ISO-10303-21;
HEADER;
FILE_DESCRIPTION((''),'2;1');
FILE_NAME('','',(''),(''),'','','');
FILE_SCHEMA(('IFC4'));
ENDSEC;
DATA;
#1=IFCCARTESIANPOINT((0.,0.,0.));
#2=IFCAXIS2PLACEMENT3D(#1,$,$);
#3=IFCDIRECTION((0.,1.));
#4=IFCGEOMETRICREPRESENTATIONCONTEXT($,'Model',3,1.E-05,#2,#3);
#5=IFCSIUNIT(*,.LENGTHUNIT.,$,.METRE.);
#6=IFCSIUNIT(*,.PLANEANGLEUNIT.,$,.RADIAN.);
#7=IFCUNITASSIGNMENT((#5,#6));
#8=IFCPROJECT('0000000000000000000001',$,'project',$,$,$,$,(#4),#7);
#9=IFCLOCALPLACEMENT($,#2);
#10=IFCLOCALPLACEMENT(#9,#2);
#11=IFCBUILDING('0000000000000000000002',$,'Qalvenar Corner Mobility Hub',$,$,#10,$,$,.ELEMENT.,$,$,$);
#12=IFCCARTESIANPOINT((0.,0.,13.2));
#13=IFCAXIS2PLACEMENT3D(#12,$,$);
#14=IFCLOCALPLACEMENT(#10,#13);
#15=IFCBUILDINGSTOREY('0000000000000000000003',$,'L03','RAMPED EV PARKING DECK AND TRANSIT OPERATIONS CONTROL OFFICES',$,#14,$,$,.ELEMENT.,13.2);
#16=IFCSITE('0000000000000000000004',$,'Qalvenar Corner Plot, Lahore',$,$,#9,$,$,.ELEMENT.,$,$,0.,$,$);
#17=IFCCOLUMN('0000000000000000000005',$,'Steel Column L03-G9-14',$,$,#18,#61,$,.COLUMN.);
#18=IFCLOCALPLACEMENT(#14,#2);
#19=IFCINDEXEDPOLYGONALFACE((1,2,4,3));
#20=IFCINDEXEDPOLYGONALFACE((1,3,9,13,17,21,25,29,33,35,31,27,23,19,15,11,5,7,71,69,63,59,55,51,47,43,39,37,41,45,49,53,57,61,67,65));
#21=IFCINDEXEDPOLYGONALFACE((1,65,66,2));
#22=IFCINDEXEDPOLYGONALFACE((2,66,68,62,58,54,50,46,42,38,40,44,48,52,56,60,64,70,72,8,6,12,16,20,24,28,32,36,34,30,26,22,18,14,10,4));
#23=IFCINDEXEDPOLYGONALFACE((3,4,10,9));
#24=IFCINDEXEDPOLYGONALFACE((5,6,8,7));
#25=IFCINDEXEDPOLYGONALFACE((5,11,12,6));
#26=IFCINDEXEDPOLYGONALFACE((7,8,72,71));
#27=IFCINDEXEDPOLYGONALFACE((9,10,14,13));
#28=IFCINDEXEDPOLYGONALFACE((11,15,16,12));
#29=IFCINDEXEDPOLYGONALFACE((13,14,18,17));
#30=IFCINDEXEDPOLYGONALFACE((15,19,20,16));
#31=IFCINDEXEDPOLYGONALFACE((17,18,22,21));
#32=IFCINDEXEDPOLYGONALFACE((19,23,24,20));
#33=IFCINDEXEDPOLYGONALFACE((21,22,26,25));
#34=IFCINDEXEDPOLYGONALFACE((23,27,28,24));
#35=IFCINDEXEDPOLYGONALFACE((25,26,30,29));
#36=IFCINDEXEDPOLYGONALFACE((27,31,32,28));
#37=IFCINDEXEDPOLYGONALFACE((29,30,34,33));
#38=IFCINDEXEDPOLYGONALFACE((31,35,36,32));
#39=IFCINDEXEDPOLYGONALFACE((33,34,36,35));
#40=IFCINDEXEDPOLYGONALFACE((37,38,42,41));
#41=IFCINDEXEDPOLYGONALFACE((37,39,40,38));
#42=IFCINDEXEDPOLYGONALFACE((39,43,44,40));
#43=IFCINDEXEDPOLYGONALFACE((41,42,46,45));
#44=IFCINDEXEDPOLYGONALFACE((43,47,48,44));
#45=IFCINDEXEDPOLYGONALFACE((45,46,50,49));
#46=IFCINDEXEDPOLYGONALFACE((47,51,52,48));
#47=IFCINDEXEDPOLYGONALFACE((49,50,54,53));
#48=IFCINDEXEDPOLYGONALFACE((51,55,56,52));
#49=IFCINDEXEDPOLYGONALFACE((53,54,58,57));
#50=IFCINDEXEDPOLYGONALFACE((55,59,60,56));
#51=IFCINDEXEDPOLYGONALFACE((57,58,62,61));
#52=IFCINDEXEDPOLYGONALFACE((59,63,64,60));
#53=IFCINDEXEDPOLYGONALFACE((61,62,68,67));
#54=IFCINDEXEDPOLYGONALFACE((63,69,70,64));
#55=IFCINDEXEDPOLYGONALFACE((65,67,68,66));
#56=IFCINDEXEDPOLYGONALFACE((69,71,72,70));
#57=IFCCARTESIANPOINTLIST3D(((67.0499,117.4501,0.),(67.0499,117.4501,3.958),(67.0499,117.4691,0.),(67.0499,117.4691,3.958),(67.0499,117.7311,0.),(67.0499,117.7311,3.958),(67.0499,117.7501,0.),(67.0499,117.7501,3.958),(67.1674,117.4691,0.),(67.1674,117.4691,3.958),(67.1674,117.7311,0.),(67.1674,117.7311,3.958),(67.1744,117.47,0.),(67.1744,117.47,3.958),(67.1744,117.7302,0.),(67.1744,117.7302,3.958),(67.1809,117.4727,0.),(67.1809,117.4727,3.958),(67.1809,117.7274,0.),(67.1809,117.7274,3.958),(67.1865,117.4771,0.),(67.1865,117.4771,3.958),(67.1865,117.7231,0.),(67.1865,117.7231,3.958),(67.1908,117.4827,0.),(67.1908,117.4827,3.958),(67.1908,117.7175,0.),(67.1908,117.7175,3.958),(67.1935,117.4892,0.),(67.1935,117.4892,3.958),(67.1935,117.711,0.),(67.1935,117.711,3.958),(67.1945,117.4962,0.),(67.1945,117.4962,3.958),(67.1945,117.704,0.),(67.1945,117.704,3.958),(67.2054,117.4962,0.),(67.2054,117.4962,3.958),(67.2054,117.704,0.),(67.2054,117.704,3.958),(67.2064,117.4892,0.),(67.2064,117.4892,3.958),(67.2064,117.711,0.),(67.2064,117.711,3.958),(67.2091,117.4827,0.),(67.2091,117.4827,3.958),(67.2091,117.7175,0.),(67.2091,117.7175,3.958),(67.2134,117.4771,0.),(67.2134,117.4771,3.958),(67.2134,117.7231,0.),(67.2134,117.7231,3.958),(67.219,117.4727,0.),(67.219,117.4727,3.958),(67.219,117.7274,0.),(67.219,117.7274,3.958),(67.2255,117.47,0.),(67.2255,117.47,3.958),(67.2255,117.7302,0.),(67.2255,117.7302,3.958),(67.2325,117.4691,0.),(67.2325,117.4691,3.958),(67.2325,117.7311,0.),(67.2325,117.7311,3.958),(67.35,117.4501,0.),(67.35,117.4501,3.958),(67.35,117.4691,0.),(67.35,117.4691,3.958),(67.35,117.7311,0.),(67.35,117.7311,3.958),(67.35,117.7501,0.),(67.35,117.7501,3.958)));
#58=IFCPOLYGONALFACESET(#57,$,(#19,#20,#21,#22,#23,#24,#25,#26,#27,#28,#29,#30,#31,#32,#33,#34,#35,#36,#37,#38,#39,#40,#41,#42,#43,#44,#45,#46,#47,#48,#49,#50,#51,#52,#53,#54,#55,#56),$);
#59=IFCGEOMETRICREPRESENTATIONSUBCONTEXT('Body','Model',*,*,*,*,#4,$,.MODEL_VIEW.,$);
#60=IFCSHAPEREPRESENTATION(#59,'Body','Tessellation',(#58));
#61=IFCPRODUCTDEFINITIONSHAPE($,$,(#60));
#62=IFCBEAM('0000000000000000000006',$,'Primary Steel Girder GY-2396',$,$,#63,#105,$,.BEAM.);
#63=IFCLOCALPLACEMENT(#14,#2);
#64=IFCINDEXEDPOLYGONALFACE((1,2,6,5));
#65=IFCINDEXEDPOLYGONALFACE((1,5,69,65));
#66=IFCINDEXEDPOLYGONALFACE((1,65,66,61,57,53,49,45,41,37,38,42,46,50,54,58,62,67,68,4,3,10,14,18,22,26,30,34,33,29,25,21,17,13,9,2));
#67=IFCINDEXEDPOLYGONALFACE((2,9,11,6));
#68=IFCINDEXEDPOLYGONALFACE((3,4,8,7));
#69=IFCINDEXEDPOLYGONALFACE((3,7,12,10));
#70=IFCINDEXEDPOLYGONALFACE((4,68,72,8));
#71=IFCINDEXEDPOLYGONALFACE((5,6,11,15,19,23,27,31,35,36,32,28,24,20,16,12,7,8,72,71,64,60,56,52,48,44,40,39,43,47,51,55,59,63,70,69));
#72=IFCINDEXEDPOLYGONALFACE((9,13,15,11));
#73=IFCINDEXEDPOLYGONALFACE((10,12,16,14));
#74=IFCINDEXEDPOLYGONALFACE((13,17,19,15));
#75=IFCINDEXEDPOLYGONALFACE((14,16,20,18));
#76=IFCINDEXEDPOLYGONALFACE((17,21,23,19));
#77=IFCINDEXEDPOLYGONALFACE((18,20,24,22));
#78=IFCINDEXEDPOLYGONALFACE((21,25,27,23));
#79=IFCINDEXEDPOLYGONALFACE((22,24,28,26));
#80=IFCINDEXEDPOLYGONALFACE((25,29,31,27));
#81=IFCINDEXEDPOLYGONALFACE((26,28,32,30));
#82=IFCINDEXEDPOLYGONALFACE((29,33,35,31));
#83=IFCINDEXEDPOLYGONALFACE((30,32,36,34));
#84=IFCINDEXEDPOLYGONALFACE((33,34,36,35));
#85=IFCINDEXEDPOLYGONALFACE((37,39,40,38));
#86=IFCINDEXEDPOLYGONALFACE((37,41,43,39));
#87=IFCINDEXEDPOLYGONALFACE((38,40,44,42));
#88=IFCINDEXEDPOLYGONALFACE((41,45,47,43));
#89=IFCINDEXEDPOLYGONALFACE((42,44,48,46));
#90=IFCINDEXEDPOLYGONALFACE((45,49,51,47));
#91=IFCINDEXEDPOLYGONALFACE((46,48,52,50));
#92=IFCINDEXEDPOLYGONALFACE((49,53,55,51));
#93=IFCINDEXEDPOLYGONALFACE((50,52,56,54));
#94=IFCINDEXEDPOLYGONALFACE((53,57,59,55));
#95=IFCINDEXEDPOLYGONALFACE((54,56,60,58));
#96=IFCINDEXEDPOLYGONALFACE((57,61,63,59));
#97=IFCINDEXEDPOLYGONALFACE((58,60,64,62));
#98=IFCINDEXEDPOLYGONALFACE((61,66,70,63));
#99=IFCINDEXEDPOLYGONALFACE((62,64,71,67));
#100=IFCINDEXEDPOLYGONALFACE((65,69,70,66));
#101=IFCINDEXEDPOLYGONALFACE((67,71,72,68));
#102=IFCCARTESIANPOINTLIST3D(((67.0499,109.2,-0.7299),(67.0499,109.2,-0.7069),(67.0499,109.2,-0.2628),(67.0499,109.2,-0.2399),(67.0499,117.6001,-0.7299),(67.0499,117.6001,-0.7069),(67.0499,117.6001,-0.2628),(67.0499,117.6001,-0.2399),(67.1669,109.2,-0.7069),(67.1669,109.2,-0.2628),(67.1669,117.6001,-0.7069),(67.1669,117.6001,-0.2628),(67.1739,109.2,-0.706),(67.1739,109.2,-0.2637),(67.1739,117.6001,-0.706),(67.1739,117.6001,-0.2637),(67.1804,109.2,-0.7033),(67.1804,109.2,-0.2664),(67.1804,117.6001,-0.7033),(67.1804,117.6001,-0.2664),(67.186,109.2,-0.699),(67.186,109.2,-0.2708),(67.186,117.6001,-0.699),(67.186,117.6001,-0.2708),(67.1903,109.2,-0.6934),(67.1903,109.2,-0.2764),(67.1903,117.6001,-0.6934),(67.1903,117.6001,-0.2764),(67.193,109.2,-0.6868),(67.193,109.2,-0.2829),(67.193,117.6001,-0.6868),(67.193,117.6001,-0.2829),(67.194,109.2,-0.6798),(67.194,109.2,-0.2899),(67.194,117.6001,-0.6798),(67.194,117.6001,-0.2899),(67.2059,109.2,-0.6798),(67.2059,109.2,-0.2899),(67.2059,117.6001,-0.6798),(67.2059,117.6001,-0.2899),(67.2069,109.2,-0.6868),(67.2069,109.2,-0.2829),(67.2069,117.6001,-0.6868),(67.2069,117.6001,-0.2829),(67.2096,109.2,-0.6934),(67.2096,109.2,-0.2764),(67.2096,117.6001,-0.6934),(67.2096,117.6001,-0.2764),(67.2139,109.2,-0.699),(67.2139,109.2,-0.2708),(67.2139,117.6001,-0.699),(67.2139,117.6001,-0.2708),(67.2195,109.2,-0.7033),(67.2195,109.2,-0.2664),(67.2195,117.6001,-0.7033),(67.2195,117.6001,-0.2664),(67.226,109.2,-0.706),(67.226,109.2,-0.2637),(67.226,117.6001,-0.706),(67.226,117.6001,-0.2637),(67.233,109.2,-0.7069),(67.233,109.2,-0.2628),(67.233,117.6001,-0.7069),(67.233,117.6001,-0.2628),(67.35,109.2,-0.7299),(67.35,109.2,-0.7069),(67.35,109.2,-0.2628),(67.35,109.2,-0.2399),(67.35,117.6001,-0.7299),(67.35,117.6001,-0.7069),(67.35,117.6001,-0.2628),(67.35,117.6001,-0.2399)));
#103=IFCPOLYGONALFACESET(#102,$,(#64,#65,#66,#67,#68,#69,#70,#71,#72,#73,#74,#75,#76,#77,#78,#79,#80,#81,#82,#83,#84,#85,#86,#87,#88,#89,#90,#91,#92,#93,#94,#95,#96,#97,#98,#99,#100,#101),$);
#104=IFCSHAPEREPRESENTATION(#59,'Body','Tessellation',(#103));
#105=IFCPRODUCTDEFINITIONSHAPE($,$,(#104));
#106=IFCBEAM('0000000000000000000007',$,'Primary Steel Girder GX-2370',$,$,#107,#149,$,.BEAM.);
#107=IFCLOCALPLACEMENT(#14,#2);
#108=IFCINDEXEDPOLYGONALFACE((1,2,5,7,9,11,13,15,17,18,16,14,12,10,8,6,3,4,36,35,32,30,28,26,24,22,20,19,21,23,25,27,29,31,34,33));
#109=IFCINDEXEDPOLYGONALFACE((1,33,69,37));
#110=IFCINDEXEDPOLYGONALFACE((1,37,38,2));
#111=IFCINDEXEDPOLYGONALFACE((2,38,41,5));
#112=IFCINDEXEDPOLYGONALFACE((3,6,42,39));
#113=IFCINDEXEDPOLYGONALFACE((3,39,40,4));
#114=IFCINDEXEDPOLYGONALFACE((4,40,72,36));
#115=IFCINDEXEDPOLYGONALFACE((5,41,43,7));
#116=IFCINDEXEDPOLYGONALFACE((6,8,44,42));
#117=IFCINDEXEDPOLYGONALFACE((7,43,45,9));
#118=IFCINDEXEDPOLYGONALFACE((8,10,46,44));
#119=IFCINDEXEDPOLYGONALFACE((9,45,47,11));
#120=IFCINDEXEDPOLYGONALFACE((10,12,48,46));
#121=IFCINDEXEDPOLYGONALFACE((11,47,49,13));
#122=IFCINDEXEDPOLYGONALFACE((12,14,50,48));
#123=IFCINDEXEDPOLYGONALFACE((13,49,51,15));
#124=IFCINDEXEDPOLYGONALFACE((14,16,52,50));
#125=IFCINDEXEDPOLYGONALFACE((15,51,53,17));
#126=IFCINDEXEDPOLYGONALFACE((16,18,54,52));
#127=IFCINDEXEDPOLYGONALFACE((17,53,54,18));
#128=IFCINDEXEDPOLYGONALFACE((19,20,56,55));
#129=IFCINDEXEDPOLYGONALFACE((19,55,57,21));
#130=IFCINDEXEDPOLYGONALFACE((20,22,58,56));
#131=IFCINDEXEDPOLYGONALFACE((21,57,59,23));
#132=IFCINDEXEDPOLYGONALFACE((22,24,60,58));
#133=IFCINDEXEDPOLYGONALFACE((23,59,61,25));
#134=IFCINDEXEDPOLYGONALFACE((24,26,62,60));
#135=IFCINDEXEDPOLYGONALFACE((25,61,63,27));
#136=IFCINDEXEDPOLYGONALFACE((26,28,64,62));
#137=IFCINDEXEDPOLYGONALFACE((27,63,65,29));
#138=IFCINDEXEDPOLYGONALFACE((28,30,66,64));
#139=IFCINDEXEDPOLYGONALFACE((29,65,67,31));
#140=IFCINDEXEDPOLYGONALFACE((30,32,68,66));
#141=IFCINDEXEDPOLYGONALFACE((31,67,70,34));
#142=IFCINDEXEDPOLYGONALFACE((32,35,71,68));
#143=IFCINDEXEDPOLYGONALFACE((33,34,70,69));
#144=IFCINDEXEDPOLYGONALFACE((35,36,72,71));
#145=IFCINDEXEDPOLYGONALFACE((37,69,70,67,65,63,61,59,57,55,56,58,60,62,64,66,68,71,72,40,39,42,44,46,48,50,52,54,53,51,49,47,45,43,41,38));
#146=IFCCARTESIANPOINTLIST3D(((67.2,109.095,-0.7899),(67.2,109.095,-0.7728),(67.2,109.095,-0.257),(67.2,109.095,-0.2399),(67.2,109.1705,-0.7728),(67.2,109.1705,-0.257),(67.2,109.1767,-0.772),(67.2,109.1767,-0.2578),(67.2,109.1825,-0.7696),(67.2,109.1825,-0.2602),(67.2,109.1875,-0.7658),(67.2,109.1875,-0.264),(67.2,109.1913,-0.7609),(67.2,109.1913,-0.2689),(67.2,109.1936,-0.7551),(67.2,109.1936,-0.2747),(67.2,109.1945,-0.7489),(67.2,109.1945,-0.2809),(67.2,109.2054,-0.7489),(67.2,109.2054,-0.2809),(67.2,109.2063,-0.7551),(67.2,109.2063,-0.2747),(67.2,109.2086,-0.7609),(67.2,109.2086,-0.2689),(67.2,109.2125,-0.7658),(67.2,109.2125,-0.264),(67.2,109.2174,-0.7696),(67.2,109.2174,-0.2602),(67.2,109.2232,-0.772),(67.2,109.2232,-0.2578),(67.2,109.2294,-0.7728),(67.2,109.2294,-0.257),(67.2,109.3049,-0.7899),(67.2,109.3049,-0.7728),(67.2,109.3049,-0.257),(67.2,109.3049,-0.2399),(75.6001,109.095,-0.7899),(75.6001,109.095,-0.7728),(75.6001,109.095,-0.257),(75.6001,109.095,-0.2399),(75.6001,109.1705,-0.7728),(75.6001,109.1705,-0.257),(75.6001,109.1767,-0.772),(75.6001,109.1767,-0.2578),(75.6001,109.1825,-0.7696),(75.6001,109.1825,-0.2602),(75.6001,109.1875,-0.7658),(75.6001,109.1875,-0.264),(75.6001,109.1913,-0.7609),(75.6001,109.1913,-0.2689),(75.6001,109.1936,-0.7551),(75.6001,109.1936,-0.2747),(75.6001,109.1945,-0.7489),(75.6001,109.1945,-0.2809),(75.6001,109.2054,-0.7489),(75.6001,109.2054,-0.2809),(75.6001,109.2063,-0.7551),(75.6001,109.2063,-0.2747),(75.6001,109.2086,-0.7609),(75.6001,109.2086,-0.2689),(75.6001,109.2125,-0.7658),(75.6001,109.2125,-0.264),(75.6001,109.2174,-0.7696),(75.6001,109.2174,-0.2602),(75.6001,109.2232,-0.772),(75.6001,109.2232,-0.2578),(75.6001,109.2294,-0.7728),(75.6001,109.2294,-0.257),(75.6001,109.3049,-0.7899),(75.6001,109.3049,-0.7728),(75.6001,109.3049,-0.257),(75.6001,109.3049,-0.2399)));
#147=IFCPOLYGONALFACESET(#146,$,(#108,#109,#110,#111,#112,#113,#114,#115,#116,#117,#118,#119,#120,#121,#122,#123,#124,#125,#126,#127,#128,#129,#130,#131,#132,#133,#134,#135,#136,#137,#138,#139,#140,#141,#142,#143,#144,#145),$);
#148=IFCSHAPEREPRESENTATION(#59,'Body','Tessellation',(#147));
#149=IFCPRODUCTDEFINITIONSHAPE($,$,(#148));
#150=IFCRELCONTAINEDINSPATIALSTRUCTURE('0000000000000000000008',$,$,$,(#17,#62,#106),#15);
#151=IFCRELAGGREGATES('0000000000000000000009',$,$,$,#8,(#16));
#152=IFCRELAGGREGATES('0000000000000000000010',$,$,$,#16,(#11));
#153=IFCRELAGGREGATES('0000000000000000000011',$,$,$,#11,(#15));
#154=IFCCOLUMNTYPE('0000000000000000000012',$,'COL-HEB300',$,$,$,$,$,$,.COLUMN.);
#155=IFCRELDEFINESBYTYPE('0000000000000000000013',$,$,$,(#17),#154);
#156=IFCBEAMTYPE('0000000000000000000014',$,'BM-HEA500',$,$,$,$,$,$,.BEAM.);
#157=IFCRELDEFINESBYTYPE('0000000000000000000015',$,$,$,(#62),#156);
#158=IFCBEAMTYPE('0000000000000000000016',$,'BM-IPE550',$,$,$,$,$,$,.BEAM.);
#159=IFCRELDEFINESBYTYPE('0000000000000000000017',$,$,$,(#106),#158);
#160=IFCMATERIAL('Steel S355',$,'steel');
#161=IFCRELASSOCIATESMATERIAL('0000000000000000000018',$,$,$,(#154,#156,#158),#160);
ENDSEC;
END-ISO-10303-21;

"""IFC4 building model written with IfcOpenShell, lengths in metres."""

from ifc_helpers import new_model, si_unit, direction, frame, origin, origin_2d, place, context, subcontext, project, spatial, i_section, extrude, material, material_profile, profile_set, type_object, element, save


model = new_model("IFC4")

# Units and contexts
model_context = context("Model", 3, precision=1e-05, world=origin(), true_north=direction((0.0, 1.0)))
body_context = subcontext(model_context, "Body", "Model", "MODEL_VIEW")
ifc_project = project(units=[si_unit("LENGTHUNIT", "METRE"), si_unit("PLANEANGLEUNIT", "RADIAN")], contexts=[model_context])

# Site, building, storey
site_placement = place(None, origin())
site = spatial("IfcSite", under=ifc_project, at=site_placement, Name="Qalvenar Corner Plot, Lahore", CompositionType="ELEMENT", RefElevation=0.0)
building_placement = place(site_placement, origin())
building = spatial("IfcBuilding", under=site, at=building_placement, Name="Qalvenar Corner Mobility Hub", CompositionType="ELEMENT")
storey_placement = place(building_placement, frame((0.0, 0.0, 13.2)))
storey = spatial("IfcBuildingStorey", under=building, at=storey_placement, Name="L03", Description="RAMPED EV PARKING DECK AND TRANSIT OPERATIONS CONTROL OFFICES", CompositionType="ELEMENT", Elevation=13.2)

# Column
ifc_material_1 = material(Name="Steel S355", Category="steel")
ifc_material_profile_1 = material_profile(ifc_material_1, i_section(OverallWidth=0.3, OverallDepth=0.3, WebThickness=0.011, FlangeThickness=0.019, FilletRadius=0.0271, at=origin_2d()), Name="HEB300")
ifc_profile_set_1 = profile_set([ifc_material_profile_1], Name="Steel S355")
column_type = type_object("IfcColumnType", Name="COL-HEB300", PredefinedType="COLUMN", material=ifc_profile_set_1)
column_placement = place(storey_placement, frame((67.2, 117.6001, 0.0), z_axis=(0.0, 0.0, 1.0), x_axis=(1.0, 0.0, 0.0)))
element("IfcColumn", 1, at=column_placement, inside=storey, type_object=column_type, Name="Steel Column L03-G9-14", PredefinedType="COLUMN", context=body_context, shape_type="SweptSolid", body=[
    extrude(i_section(OverallWidth=0.3, OverallDepth=0.3, WebThickness=0.011, FlangeThickness=0.019, FilletRadius=0.0271, at=origin_2d()), origin(), (0.0, 0.0, 1.0), 3.958),
])

# Beams
ifc_material_profile_2 = material_profile(ifc_material_1, i_section(OverallWidth=0.3, OverallDepth=0.49, WebThickness=0.012, FlangeThickness=0.0229, FilletRadius=0.0271, at=origin_2d()), Name="HEA500")
ifc_profile_set_2 = profile_set([ifc_material_profile_2], Name="Steel S355")
beam_type_1 = type_object("IfcBeamType", Name="BM-HEA500", PredefinedType="BEAM", material=ifc_profile_set_2)
beam_1_placement = place(storey_placement, frame((67.2, 109.2, -0.4849), z_axis=(0.0, 1.0, 0.0), x_axis=(-1.0, 0.0, 0.0)))
element("IfcBeam", 2, at=beam_1_placement, inside=storey, type_object=beam_type_1, Name="Primary Steel Girder GY-2396", PredefinedType="BEAM", context=body_context, shape_type="SweptSolid", body=[
    extrude(i_section(OverallWidth=0.3, OverallDepth=0.49, WebThickness=0.012, FlangeThickness=0.0229, FilletRadius=0.0271, at=origin_2d()), origin(), (0.0, 0.0, 1.0), 8.4001),
])
ifc_material_profile_3 = material_profile(ifc_material_1, i_section(OverallWidth=0.21, OverallDepth=0.55, WebThickness=0.011, FlangeThickness=0.0171, FilletRadius=0.0239, at=origin_2d()), Name="IPE550")
ifc_profile_set_3 = profile_set([ifc_material_profile_3], Name="Steel S355")
beam_type_2 = type_object("IfcBeamType", Name="BM-IPE550", PredefinedType="BEAM", material=ifc_profile_set_3)
beam_2_placement = place(storey_placement, frame((67.2, 109.2, -0.5149), z_axis=(1.0, 0.0, 0.0), x_axis=(0.0, 1.0, 0.0)))
element("IfcBeam", 3, at=beam_2_placement, inside=storey, type_object=beam_type_2, Name="Primary Steel Girder GX-2370", PredefinedType="BEAM", context=body_context, shape_type="SweptSolid", body=[
    extrude(i_section(OverallWidth=0.21, OverallDepth=0.55, WebThickness=0.011, FlangeThickness=0.0171, FilletRadius=0.0239, at=origin_2d()), origin(), (0.0, 0.0, 1.0), 8.4001),
])

save(model, "model.ifc")
